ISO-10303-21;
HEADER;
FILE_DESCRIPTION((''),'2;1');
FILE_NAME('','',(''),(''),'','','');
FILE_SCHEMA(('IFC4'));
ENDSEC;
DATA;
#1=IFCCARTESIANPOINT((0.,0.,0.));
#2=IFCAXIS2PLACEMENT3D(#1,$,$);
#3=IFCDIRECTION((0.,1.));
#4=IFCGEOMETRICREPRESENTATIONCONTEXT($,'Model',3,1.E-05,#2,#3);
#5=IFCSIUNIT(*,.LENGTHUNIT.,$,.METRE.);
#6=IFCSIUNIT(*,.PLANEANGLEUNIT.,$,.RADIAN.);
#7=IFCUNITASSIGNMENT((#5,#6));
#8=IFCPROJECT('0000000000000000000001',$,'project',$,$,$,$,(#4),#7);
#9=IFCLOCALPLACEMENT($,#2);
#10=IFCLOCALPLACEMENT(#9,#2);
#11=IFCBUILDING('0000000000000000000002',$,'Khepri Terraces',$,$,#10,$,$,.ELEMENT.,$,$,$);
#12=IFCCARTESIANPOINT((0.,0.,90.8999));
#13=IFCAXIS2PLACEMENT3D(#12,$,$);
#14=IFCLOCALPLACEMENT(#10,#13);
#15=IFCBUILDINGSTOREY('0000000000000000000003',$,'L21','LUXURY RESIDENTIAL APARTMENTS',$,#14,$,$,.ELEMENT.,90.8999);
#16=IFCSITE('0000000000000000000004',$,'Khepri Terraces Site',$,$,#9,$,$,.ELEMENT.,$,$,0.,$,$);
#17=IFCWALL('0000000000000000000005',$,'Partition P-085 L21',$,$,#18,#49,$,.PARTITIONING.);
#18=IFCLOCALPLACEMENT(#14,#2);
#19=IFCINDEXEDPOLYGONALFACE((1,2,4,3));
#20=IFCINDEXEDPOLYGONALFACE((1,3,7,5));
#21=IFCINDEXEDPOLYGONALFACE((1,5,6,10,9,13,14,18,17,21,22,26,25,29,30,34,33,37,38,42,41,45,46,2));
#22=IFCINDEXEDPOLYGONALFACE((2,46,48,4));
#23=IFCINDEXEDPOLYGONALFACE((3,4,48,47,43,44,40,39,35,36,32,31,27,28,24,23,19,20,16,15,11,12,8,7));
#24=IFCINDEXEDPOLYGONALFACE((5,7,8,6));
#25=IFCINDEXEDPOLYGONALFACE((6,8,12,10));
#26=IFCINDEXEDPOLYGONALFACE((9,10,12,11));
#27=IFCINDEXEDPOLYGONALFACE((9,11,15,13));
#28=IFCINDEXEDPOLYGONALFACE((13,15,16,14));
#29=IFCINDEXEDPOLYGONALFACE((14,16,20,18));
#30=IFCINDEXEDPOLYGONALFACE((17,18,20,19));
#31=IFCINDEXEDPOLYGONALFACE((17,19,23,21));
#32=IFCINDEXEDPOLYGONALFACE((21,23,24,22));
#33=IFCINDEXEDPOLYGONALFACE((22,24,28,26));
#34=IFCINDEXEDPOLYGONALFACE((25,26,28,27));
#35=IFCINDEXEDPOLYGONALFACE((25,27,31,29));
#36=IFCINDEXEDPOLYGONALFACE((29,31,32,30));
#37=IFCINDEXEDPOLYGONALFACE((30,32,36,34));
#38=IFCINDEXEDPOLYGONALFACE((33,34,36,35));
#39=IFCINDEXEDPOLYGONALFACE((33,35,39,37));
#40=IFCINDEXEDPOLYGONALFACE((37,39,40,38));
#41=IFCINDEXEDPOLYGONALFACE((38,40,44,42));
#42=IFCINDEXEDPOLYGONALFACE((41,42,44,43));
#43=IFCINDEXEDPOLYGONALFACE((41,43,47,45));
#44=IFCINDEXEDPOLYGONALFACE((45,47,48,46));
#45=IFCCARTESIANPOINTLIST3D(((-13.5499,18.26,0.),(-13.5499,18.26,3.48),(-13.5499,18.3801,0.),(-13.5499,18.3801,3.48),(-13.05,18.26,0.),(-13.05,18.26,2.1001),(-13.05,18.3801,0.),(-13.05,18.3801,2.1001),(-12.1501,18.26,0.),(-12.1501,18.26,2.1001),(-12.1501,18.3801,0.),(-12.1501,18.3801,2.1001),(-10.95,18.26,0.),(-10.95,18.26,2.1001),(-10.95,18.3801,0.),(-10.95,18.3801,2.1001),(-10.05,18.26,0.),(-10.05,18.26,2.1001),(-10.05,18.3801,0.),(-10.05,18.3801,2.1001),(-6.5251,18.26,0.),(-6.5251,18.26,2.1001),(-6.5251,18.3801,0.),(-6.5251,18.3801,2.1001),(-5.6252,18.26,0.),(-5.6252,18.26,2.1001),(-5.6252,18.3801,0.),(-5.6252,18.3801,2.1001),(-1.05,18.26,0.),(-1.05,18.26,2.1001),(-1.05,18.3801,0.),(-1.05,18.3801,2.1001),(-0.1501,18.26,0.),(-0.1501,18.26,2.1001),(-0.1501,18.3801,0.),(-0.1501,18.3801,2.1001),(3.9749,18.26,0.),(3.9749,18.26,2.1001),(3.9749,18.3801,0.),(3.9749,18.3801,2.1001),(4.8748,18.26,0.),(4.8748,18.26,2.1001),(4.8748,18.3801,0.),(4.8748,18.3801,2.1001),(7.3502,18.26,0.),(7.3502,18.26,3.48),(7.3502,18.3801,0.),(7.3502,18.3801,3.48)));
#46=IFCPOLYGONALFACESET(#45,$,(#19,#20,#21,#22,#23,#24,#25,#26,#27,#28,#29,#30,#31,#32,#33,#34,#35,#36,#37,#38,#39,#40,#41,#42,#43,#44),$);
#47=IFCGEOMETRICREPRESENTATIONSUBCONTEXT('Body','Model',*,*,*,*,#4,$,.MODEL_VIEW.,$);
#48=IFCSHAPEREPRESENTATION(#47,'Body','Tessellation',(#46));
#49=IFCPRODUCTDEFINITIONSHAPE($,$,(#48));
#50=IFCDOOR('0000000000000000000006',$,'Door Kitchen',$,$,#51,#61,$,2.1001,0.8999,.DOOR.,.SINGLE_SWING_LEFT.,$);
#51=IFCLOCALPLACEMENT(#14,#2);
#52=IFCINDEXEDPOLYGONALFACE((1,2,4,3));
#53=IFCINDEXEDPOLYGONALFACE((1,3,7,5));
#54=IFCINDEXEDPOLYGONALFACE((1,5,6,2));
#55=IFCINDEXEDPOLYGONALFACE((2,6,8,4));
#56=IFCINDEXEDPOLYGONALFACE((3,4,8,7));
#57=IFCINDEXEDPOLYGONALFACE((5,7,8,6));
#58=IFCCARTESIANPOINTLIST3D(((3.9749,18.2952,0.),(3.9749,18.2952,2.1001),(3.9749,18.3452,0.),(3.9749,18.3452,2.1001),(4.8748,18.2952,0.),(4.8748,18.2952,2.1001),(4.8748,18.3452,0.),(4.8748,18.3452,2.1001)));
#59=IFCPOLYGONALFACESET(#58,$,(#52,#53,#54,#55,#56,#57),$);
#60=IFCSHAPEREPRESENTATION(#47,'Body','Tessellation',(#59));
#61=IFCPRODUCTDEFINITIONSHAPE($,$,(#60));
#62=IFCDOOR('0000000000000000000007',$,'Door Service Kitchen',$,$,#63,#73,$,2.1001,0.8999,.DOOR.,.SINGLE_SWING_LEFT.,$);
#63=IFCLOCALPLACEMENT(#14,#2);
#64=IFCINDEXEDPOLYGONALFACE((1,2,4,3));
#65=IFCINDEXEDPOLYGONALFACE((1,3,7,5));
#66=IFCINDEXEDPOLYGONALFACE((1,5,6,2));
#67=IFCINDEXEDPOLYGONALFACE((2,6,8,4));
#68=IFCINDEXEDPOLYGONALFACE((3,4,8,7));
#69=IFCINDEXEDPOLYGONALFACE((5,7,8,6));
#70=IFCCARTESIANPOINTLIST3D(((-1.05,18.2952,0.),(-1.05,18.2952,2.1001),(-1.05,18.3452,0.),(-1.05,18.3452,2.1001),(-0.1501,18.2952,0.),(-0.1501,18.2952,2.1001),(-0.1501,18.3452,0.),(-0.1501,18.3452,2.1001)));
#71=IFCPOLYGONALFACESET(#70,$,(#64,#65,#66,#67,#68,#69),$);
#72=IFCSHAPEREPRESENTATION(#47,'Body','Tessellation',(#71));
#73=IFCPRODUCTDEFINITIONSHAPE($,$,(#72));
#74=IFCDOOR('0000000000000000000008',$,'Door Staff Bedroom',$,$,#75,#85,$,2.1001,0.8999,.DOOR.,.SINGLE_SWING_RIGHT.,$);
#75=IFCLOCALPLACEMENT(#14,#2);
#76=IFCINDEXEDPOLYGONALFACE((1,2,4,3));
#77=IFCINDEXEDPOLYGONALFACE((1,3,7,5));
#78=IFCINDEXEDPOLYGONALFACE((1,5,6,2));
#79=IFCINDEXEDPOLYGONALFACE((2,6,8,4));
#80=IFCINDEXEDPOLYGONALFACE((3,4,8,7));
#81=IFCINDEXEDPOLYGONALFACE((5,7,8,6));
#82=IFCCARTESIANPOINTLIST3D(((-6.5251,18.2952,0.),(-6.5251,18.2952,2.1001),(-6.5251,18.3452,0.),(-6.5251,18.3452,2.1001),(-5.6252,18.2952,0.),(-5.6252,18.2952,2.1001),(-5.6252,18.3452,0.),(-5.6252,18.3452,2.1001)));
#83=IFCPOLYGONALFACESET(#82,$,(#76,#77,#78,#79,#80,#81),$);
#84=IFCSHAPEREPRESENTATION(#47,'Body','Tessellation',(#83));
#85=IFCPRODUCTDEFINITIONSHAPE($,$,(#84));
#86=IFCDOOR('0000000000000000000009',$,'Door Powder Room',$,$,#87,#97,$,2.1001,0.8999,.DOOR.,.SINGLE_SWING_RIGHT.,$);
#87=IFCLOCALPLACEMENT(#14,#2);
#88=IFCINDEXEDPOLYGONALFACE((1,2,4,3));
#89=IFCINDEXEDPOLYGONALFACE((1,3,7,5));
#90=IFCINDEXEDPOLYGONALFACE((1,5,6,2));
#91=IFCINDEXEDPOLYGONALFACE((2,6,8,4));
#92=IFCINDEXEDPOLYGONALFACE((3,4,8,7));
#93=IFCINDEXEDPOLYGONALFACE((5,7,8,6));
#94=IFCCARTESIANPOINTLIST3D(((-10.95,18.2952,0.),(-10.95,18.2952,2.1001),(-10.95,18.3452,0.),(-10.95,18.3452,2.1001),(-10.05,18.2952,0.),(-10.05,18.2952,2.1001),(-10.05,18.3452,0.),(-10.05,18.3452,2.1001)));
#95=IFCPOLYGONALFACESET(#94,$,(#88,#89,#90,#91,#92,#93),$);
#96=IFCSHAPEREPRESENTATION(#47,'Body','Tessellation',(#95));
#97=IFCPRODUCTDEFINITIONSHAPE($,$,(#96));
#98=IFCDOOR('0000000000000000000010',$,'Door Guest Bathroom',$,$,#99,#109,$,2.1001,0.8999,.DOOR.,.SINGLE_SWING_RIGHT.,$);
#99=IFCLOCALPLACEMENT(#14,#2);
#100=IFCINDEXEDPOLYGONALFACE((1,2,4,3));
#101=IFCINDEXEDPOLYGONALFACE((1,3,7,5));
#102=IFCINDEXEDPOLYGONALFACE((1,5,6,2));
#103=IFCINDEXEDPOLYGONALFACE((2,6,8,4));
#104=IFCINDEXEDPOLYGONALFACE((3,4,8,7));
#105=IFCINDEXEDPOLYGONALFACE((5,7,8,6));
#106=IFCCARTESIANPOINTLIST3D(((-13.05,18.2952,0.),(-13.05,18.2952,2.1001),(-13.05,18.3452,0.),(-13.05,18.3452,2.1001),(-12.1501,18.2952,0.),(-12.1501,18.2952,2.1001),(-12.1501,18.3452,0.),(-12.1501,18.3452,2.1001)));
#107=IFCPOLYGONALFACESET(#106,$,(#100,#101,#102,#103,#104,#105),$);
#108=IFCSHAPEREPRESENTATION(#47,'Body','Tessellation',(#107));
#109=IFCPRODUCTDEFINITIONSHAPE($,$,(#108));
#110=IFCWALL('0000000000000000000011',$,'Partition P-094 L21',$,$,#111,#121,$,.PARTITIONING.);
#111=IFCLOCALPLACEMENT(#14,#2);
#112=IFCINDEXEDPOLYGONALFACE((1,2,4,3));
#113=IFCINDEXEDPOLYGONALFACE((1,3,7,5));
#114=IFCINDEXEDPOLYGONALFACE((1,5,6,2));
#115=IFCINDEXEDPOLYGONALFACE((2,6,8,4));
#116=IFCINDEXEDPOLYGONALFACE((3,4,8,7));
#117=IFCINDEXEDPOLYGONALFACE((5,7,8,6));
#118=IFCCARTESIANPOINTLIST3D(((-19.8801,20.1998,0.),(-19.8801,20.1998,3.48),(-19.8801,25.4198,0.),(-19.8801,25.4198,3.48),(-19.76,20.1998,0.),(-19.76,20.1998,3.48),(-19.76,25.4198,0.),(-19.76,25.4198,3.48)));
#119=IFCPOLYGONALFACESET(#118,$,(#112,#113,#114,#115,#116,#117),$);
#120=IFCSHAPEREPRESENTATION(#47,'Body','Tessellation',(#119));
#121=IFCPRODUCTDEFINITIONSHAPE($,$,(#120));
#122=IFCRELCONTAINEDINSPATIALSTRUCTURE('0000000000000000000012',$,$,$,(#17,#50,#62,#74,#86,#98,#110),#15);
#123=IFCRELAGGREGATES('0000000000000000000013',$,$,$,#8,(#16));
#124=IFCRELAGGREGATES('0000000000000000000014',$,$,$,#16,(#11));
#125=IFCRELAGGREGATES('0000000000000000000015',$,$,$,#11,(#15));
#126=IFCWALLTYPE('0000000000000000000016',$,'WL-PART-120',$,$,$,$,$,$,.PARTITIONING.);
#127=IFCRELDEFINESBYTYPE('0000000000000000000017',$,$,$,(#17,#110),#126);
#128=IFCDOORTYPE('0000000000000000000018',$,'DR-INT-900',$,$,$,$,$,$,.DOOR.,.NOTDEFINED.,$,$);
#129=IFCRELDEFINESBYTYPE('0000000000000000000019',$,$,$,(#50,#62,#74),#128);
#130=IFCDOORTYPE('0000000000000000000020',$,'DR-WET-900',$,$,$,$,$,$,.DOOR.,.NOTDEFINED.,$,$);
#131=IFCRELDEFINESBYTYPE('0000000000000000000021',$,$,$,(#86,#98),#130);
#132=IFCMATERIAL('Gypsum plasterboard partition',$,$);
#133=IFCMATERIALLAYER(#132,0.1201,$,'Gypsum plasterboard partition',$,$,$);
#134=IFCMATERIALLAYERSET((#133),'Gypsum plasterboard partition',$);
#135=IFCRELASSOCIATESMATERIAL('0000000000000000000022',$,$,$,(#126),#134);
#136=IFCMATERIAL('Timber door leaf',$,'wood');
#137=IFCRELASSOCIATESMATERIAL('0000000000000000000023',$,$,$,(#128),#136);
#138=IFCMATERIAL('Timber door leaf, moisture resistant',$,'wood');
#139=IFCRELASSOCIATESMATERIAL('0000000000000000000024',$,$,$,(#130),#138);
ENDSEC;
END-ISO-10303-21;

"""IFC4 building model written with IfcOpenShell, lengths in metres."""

from ifc_helpers import new_model, si_unit, direction, frame, frame_2d, origin, place, context, subcontext, project, spatial, rectangle, extrude, material, layer, layer_set, type_object, element, fill, save


model = new_model("IFC4")

# Units and contexts
model_context = context("Model", 3, precision=1e-05, world=origin(), true_north=direction((0.0, 1.0)))
body_context = subcontext(model_context, "Body", "Model", "MODEL_VIEW")
ifc_project = project(units=[si_unit("LENGTHUNIT", "METRE"), si_unit("PLANEANGLEUNIT", "RADIAN")], contexts=[model_context])

# Site, building, storey
site_placement = place(None, origin())
site = spatial("IfcSite", under=ifc_project, at=site_placement, Name="Khepri Terraces Site", CompositionType="ELEMENT", RefElevation=0.0)
building_placement = place(site_placement, origin())
building = spatial("IfcBuilding", under=site, at=building_placement, Name="Khepri Terraces", CompositionType="ELEMENT")
storey_placement = place(building_placement, frame((0.0, 0.0, 90.8999)))
storey = spatial("IfcBuildingStorey", under=building, at=storey_placement, Name="L21", Description="LUXURY RESIDENTIAL APARTMENTS", CompositionType="ELEMENT", Elevation=90.8999)

# Shared definitions
ifc_material_1 = material(Name="Gypsum plasterboard partition")
ifc_layer_1 = layer(ifc_material_1, 0.1201, Name="Gypsum plasterboard partition")
ifc_layer_set_1 = layer_set([ifc_layer_1], Name="Gypsum plasterboard partition")
wall_type_1 = type_object("IfcWallType", Name="WL-PART-120", PredefinedType="PARTITIONING", material=ifc_layer_set_1)
ifc_material_2 = material(Name="Timber door leaf", Category="wood")
door_type_1 = type_object("IfcDoorType", Name="DR-INT-900", OperationType="NOTDEFINED", PredefinedType="DOOR", material=ifc_material_2)

# Wall, openings, doors
wall_1_placement = place(storey_placement, frame((-13.55, 18.3201, 0.0), z_axis=(0.0, 0.0, 1.0), x_axis=(1.0, 0.0, 0.0)))
wall_1 = element("IfcWall", 1, at=wall_1_placement, inside=storey, type_object=wall_type_1, Name="Partition P-085 L21", PredefinedType="PARTITIONING", context=body_context, shape_type="SweptSolid", body=[
    extrude(rectangle(XDim=20.9001, YDim=0.1201, at=frame_2d((10.4502, 0.0))), origin(), (0.0, 0.0, 1.0), 3.48),
])
opening_1_placement = place(wall_1_placement, frame((17.5249, 0.0, 0.0)))
opening_1 = element("IfcOpeningElement", 2, at=opening_1_placement, cuts=wall_1, PredefinedType="OPENING", context=body_context, shape_type="SweptSolid", body=[
    extrude(rectangle(XDim=0.8999, YDim=2.1001, at=frame_2d((0.45, 1.05))), frame((0.0, 0.0701, 0.0), z_axis=(0.0, -1.0, 0.0), x_axis=(1.0, 0.0, 0.0)), (0.0, 0.0, 1.0), 0.1401),
])
opening_2_placement = place(wall_1_placement, frame((12.5, 0.0, 0.0)))
opening_2 = element("IfcOpeningElement", 3, at=opening_2_placement, cuts=wall_1, PredefinedType="OPENING", context=body_context, shape_type="SweptSolid", body=[
    extrude(rectangle(XDim=0.8999, YDim=2.1001, at=frame_2d((0.45, 1.05))), frame((0.0, 0.0701, 0.0), z_axis=(0.0, -1.0, 0.0), x_axis=(1.0, 0.0, 0.0)), (0.0, 0.0, 1.0), 0.1401),
])
opening_3_placement = place(wall_1_placement, frame((7.0249, 0.0, 0.0)))
opening_3 = element("IfcOpeningElement", 4, at=opening_3_placement, cuts=wall_1, PredefinedType="OPENING", context=body_context, shape_type="SweptSolid", body=[
    extrude(rectangle(XDim=0.8999, YDim=2.1001, at=frame_2d((0.45, 1.05))), frame((0.0, 0.0701, 0.0), z_axis=(0.0, -1.0, 0.0), x_axis=(1.0, 0.0, 0.0)), (0.0, 0.0, 1.0), 0.1401),
])
opening_4_placement = place(wall_1_placement, frame((2.6001, 0.0, 0.0)))
opening_4 = element("IfcOpeningElement", 5, at=opening_4_placement, cuts=wall_1, PredefinedType="OPENING", context=body_context, shape_type="SweptSolid", body=[
    extrude(rectangle(XDim=0.8999, YDim=2.1001, at=frame_2d((0.45, 1.05))), frame((0.0, 0.0701, 0.0), z_axis=(0.0, -1.0, 0.0), x_axis=(1.0, 0.0, 0.0)), (0.0, 0.0, 1.0), 0.1401),
])
opening_5_placement = place(wall_1_placement, frame((0.5, 0.0, 0.0)))
opening_5 = element("IfcOpeningElement", 6, at=opening_5_placement, cuts=wall_1, PredefinedType="OPENING", context=body_context, shape_type="SweptSolid", body=[
    extrude(rectangle(XDim=0.8999, YDim=2.1001, at=frame_2d((0.45, 1.05))), frame((0.0, 0.0701, 0.0), z_axis=(0.0, -1.0, 0.0), x_axis=(1.0, 0.0, 0.0)), (0.0, 0.0, 1.0), 0.1401),
])
door_1_placement = place(opening_1_placement, frame((0.8999, 0.0, 0.0), z_axis=(0.0, 0.0, 1.0), x_axis=(-1.0, 0.0, 0.0)))
door_1 = element("IfcDoor", 7, at=door_1_placement, inside=storey, type_object=door_type_1, Name="Door Kitchen", OperationType="SINGLE_SWING_LEFT", OverallHeight=2.1001, OverallWidth=0.8999, PredefinedType="DOOR", context=body_context, shape_type="SweptSolid", body=[
    extrude(rectangle(XDim=0.8999, YDim=2.1001, at=frame_2d((0.45, 1.05))), frame((0.0, 0.0249, 0.0), z_axis=(0.0, -1.0, 0.0), x_axis=(1.0, 0.0, 0.0)), (0.0, 0.0, 1.0), 0.05),
])
fill(opening_1, door_1)
door_2_placement = place(opening_2_placement, frame((0.8999, 0.0, 0.0), z_axis=(0.0, 0.0, 1.0), x_axis=(-1.0, 0.0, 0.0)))
door_2 = element("IfcDoor", 8, at=door_2_placement, inside=storey, type_object=door_type_1, Name="Door Service Kitchen", OperationType="SINGLE_SWING_LEFT", OverallHeight=2.1001, OverallWidth=0.8999, PredefinedType="DOOR", context=body_context, shape_type="SweptSolid", body=[
    extrude(rectangle(XDim=0.8999, YDim=2.1001, at=frame_2d((0.45, 1.05))), frame((0.0, 0.0249, 0.0), z_axis=(0.0, -1.0, 0.0), x_axis=(1.0, 0.0, 0.0)), (0.0, 0.0, 1.0), 0.05),
])
fill(opening_2, door_2)
door_3_placement = place(opening_3_placement, frame((0.8999, 0.0, 0.0), z_axis=(0.0, 0.0, 1.0), x_axis=(-1.0, 0.0, 0.0)))
door_3 = element("IfcDoor", 9, at=door_3_placement, inside=storey, type_object=door_type_1, Name="Door Staff Bedroom", OperationType="SINGLE_SWING_RIGHT", OverallHeight=2.1001, OverallWidth=0.8999, PredefinedType="DOOR", context=body_context, shape_type="SweptSolid", body=[
    extrude(rectangle(XDim=0.8999, YDim=2.1001, at=frame_2d((0.45, 1.05))), frame((0.0, 0.0249, 0.0), z_axis=(0.0, -1.0, 0.0), x_axis=(1.0, 0.0, 0.0)), (0.0, 0.0, 1.0), 0.05),
])
fill(opening_3, door_3)
ifc_material_3 = material(Name="Timber door leaf, moisture resistant", Category="wood")
door_type_2 = type_object("IfcDoorType", Name="DR-WET-900", OperationType="NOTDEFINED", PredefinedType="DOOR", material=ifc_material_3)
door_4_placement = place(opening_4_placement, frame((0.8999, 0.0, 0.0), z_axis=(0.0, 0.0, 1.0), x_axis=(-1.0, 0.0, 0.0)))
door_4 = element("IfcDoor", 10, at=door_4_placement, inside=storey, type_object=door_type_2, Name="Door Powder Room", OperationType="SINGLE_SWING_RIGHT", OverallHeight=2.1001, OverallWidth=0.8999, PredefinedType="DOOR", context=body_context, shape_type="SweptSolid", body=[
    extrude(rectangle(XDim=0.8999, YDim=2.1001, at=frame_2d((0.45, 1.05))), frame((0.0, 0.0249, 0.0), z_axis=(0.0, -1.0, 0.0), x_axis=(1.0, 0.0, 0.0)), (0.0, 0.0, 1.0), 0.05),
])
fill(opening_4, door_4)
door_5_placement = place(opening_5_placement, frame((0.8999, 0.0, 0.0), z_axis=(0.0, 0.0, 1.0), x_axis=(-1.0, 0.0, 0.0)))
door_5 = element("IfcDoor", 11, at=door_5_placement, inside=storey, type_object=door_type_2, Name="Door Guest Bathroom", OperationType="SINGLE_SWING_RIGHT", OverallHeight=2.1001, OverallWidth=0.8999, PredefinedType="DOOR", context=body_context, shape_type="SweptSolid", body=[
    extrude(rectangle(XDim=0.8999, YDim=2.1001, at=frame_2d((0.45, 1.05))), frame((0.0, 0.0249, 0.0), z_axis=(0.0, -1.0, 0.0), x_axis=(1.0, 0.0, 0.0)), (0.0, 0.0, 1.0), 0.05),
])
fill(opening_5, door_5)

# Wall
wall_2_placement = place(storey_placement, frame((-19.8201, 20.2, 0.0), z_axis=(0.0, 0.0, 1.0), x_axis=(0.0, 1.0, 0.0)))
element("IfcWall", 12, at=wall_2_placement, inside=storey, type_object=wall_type_1, Name="Partition P-094 L21", PredefinedType="PARTITIONING", context=body_context, shape_type="SweptSolid", body=[
    extrude(rectangle(XDim=5.22, YDim=0.1201, at=frame_2d((2.6099, 0.0))), origin(), (0.0, 0.0, 1.0), 3.48),
])

save(model, "model.ifc")
